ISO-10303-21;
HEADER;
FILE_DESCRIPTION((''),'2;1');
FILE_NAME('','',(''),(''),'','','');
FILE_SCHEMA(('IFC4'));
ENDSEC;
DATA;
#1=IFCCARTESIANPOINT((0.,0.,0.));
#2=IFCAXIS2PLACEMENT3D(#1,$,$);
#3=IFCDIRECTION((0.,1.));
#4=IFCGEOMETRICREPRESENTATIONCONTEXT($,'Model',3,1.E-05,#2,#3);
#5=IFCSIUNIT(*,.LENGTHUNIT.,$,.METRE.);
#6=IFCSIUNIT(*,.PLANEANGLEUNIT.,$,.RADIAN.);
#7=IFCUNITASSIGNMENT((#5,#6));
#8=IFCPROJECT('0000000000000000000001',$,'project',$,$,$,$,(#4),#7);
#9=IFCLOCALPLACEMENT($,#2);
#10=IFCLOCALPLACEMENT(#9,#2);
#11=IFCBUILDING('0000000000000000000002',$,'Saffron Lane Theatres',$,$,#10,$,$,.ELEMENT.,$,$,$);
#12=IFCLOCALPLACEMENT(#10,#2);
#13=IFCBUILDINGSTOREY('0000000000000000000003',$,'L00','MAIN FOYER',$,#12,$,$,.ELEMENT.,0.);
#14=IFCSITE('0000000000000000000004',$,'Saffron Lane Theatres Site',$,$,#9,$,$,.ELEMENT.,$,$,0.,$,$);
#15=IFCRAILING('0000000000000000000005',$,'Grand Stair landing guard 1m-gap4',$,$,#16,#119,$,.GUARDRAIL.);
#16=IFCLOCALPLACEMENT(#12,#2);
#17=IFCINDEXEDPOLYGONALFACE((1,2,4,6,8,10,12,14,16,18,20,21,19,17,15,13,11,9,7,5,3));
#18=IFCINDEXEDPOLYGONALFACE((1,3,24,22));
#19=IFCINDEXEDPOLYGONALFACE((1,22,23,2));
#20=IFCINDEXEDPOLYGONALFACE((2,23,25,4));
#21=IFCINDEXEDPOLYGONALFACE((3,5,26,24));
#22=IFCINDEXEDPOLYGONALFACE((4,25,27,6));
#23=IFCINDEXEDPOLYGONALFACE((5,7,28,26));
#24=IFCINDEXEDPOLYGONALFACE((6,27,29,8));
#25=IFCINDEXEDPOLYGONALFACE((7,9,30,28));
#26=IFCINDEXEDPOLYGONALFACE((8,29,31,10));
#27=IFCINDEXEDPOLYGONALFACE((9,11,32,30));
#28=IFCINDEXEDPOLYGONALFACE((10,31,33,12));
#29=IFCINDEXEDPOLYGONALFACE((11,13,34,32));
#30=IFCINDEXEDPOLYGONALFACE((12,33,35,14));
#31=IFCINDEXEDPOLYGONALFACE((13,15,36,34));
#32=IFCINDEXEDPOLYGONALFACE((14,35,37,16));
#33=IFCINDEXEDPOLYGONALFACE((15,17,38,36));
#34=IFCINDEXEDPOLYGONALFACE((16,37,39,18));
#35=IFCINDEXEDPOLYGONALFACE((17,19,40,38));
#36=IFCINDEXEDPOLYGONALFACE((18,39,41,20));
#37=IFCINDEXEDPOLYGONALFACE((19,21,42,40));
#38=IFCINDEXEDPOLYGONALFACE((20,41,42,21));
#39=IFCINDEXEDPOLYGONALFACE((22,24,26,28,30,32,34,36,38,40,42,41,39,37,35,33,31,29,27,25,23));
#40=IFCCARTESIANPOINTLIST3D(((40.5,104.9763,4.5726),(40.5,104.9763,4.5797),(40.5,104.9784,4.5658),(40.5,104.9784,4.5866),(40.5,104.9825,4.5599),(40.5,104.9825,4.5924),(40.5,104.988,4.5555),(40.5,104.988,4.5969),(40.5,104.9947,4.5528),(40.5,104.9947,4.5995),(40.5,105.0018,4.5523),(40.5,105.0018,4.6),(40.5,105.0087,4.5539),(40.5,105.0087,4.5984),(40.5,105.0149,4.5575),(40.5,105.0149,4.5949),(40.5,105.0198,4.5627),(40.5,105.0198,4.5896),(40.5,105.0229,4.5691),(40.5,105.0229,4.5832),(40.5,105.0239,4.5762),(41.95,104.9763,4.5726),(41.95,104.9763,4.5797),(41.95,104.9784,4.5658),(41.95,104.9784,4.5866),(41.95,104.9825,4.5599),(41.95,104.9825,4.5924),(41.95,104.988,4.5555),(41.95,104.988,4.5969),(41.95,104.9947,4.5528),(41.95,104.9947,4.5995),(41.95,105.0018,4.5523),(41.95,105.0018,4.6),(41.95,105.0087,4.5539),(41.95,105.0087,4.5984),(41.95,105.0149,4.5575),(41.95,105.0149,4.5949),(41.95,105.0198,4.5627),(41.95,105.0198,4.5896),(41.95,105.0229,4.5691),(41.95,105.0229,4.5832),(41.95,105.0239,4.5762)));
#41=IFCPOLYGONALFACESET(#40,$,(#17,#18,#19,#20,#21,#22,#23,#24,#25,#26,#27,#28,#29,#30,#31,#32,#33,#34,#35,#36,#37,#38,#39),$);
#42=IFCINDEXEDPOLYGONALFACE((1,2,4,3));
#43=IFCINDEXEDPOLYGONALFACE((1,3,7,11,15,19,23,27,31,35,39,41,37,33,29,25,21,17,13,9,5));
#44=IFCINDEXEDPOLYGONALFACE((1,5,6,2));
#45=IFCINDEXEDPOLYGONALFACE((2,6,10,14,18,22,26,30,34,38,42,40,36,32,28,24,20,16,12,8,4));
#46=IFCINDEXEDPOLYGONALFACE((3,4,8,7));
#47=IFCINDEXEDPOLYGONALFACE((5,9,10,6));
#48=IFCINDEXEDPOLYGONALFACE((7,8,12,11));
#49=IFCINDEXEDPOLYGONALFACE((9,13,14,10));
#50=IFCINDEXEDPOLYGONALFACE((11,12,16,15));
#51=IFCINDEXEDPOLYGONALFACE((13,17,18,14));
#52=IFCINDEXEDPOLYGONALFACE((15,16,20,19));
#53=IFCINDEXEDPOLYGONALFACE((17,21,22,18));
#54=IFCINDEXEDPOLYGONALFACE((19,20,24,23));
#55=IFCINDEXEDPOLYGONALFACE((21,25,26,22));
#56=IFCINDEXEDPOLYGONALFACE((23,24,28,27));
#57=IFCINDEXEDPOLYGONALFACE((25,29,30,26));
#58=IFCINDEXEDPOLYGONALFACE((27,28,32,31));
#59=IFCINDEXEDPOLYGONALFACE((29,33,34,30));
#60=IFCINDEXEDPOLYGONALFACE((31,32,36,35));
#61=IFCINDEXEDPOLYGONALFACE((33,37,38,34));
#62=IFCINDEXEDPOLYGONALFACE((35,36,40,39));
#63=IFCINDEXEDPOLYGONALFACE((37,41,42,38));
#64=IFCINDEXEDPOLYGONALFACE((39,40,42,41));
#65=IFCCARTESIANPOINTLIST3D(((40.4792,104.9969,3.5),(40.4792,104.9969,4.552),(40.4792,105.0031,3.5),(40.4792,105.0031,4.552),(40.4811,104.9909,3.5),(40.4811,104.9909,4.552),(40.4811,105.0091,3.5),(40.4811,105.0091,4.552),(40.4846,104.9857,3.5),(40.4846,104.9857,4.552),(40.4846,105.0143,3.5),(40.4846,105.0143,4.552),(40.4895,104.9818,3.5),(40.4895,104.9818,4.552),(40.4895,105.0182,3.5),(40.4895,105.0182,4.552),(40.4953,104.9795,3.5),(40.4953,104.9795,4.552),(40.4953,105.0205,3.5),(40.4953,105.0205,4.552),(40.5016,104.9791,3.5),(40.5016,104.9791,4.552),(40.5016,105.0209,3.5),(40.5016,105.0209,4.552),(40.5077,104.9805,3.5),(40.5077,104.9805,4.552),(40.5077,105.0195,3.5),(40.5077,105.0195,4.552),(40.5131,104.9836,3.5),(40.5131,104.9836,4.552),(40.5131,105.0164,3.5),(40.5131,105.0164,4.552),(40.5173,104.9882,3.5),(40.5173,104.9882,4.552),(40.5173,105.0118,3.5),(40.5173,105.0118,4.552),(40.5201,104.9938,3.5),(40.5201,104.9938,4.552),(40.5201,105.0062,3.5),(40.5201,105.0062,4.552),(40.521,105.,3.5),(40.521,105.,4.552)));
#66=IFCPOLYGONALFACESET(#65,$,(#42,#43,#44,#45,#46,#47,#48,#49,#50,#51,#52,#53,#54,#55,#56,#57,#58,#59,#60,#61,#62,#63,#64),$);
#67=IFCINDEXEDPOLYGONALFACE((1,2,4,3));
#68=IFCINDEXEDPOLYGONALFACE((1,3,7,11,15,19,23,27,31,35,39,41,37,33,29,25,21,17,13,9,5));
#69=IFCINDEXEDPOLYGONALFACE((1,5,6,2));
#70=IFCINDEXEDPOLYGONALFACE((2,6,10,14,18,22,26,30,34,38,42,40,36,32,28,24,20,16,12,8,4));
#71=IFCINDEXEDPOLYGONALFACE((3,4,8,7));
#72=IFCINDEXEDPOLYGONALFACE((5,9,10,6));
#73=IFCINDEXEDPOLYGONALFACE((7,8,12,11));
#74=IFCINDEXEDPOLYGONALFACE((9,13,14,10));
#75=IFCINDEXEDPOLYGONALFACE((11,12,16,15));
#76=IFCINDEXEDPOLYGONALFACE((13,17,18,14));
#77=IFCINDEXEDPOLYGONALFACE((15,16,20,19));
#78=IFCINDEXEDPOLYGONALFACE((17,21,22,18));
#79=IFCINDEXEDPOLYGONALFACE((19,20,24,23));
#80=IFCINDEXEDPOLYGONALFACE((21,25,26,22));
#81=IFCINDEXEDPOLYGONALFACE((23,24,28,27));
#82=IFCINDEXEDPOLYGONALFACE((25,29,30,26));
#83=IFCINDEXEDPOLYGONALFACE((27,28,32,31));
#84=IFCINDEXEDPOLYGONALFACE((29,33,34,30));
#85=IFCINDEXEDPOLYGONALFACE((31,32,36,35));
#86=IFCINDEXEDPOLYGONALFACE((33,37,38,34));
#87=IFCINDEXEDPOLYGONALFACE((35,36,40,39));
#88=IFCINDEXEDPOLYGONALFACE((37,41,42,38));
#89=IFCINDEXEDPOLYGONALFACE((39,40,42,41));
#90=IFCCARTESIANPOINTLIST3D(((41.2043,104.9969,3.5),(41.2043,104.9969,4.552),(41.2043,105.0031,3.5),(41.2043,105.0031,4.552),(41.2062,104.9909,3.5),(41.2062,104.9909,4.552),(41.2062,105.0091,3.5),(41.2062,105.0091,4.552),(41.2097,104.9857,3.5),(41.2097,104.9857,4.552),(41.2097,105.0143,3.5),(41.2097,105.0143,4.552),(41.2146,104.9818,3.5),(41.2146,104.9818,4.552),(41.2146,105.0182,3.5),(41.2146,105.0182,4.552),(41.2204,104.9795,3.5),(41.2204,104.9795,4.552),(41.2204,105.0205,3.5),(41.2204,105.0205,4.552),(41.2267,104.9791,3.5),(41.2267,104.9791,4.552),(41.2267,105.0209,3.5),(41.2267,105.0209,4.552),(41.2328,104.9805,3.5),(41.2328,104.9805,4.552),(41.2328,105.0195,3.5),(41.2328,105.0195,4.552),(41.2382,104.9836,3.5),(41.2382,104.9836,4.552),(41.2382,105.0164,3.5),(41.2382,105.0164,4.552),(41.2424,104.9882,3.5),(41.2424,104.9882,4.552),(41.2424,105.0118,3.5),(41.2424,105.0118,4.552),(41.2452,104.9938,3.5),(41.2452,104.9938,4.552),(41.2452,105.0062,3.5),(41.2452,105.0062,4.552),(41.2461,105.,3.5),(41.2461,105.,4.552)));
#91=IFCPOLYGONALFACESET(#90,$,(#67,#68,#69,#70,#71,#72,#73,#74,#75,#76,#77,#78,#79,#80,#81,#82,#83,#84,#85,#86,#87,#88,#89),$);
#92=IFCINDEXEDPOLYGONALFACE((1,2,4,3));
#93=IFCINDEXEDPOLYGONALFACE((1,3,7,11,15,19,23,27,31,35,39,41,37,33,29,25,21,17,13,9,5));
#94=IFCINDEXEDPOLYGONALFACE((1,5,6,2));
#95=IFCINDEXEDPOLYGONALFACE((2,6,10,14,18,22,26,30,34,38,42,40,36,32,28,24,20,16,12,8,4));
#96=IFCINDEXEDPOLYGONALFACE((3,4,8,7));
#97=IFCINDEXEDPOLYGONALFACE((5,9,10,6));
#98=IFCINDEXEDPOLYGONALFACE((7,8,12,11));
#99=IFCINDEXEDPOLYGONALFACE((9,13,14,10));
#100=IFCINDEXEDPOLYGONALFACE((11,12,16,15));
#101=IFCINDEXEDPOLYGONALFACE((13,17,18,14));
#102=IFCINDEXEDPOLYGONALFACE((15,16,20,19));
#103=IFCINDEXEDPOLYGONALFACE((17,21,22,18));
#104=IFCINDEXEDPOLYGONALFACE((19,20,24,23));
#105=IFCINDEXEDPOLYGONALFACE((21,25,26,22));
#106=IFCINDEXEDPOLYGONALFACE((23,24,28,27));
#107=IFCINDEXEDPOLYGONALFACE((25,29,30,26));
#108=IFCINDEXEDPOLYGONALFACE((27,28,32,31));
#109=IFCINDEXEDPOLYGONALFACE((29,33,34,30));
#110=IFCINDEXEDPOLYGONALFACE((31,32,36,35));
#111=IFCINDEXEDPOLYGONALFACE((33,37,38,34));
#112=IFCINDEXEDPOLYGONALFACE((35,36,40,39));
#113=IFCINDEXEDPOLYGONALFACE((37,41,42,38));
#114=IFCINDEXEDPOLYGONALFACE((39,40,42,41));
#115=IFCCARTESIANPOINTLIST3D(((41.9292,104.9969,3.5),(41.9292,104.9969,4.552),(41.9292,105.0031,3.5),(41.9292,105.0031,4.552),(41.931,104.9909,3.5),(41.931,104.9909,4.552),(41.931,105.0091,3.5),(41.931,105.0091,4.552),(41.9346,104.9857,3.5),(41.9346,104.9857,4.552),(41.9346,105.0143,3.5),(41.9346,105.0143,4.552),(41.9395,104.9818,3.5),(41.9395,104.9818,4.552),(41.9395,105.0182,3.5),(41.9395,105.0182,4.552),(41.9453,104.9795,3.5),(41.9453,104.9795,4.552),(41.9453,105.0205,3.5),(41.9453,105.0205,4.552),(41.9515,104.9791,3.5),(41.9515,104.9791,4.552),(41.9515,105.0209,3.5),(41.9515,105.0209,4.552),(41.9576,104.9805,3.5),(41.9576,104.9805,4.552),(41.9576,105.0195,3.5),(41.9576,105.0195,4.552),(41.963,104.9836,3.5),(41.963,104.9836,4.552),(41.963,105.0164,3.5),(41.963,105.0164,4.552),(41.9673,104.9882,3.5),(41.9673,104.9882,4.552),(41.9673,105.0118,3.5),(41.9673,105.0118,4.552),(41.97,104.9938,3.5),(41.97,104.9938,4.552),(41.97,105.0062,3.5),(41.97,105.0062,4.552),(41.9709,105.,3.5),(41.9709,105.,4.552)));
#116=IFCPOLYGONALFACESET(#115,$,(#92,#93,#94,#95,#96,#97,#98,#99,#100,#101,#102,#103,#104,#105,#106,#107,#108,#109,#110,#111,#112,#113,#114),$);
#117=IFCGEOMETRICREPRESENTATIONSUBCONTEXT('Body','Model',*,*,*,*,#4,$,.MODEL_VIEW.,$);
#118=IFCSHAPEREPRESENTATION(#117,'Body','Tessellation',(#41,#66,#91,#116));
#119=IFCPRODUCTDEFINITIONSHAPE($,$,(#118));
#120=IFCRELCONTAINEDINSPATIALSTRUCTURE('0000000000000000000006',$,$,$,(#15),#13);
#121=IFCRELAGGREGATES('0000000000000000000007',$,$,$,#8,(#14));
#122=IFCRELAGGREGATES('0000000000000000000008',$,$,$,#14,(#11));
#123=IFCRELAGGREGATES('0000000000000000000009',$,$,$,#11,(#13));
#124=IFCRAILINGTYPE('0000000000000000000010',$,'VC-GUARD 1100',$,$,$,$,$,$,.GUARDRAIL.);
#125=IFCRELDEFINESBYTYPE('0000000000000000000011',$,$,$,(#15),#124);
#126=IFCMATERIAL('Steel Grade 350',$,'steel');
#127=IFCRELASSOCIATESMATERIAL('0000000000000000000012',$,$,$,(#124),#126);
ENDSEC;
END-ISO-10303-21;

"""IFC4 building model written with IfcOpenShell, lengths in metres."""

from ifc_helpers import new_model, si_unit, direction, frame, origin, origin_2d, place, context, subcontext, project, spatial, circle, extrude, material, type_object, element, save


model = new_model("IFC4")

# Units and contexts
model_context = context("Model", 3, precision=1e-05, world=origin(), true_north=direction((0.0, 1.0)))
body_context = subcontext(model_context, "Body", "Model", "MODEL_VIEW")
ifc_project = project(units=[si_unit("LENGTHUNIT", "METRE"), si_unit("PLANEANGLEUNIT", "RADIAN")], contexts=[model_context])

# Site, building, storey
site_placement = place(None, origin())
site = spatial("IfcSite", under=ifc_project, at=site_placement, Name="Saffron Lane Theatres Site", CompositionType="ELEMENT", RefElevation=0.0)
building_placement = place(site_placement, origin())
building = spatial("IfcBuilding", under=site, at=building_placement, Name="Saffron Lane Theatres", CompositionType="ELEMENT")
storey_placement = place(building_placement, origin())
storey = spatial("IfcBuildingStorey", under=building, at=storey_placement, Name="L00", Description="MAIN FOYER", CompositionType="ELEMENT", Elevation=0.0)

# Railing
ifc_material_1 = material(Name="Steel Grade 350", Category="steel")
railing_type_1 = type_object("IfcRailingType", Name="VC-GUARD 1100", PredefinedType="GUARDRAIL", material=ifc_material_1)
railing_1_placement = place(storey_placement, frame((40.5, 105.0, 3.5)))
element("IfcRailing", 1, at=railing_1_placement, inside=storey, type_object=railing_type_1, Name="Grand Stair landing guard 1m-gap4", PredefinedType="GUARDRAIL", context=body_context, shape_type="SweptSolid", body=[
    extrude(circle(Radius=0.0239, at=origin_2d()), frame((0.0, 0.0, 1.0762), z_axis=(1.0, 0.0, 0.0), x_axis=(0.0, 1.0, 0.0)), (0.0, 0.0, 1.0), 1.45),
    extrude(circle(Radius=0.021, at=origin_2d()), origin(), (0.0, 0.0, 1.0), 1.052),
    extrude(circle(Radius=0.021, at=origin_2d()), frame((0.7251, 0.0, 0.0)), (0.0, 0.0, 1.0), 1.052),
    extrude(circle(Radius=0.021, at=origin_2d()), frame((1.45, 0.0, 0.0)), (0.0, 0.0, 1.0), 1.052),
])

save(model, "model.ifc")
